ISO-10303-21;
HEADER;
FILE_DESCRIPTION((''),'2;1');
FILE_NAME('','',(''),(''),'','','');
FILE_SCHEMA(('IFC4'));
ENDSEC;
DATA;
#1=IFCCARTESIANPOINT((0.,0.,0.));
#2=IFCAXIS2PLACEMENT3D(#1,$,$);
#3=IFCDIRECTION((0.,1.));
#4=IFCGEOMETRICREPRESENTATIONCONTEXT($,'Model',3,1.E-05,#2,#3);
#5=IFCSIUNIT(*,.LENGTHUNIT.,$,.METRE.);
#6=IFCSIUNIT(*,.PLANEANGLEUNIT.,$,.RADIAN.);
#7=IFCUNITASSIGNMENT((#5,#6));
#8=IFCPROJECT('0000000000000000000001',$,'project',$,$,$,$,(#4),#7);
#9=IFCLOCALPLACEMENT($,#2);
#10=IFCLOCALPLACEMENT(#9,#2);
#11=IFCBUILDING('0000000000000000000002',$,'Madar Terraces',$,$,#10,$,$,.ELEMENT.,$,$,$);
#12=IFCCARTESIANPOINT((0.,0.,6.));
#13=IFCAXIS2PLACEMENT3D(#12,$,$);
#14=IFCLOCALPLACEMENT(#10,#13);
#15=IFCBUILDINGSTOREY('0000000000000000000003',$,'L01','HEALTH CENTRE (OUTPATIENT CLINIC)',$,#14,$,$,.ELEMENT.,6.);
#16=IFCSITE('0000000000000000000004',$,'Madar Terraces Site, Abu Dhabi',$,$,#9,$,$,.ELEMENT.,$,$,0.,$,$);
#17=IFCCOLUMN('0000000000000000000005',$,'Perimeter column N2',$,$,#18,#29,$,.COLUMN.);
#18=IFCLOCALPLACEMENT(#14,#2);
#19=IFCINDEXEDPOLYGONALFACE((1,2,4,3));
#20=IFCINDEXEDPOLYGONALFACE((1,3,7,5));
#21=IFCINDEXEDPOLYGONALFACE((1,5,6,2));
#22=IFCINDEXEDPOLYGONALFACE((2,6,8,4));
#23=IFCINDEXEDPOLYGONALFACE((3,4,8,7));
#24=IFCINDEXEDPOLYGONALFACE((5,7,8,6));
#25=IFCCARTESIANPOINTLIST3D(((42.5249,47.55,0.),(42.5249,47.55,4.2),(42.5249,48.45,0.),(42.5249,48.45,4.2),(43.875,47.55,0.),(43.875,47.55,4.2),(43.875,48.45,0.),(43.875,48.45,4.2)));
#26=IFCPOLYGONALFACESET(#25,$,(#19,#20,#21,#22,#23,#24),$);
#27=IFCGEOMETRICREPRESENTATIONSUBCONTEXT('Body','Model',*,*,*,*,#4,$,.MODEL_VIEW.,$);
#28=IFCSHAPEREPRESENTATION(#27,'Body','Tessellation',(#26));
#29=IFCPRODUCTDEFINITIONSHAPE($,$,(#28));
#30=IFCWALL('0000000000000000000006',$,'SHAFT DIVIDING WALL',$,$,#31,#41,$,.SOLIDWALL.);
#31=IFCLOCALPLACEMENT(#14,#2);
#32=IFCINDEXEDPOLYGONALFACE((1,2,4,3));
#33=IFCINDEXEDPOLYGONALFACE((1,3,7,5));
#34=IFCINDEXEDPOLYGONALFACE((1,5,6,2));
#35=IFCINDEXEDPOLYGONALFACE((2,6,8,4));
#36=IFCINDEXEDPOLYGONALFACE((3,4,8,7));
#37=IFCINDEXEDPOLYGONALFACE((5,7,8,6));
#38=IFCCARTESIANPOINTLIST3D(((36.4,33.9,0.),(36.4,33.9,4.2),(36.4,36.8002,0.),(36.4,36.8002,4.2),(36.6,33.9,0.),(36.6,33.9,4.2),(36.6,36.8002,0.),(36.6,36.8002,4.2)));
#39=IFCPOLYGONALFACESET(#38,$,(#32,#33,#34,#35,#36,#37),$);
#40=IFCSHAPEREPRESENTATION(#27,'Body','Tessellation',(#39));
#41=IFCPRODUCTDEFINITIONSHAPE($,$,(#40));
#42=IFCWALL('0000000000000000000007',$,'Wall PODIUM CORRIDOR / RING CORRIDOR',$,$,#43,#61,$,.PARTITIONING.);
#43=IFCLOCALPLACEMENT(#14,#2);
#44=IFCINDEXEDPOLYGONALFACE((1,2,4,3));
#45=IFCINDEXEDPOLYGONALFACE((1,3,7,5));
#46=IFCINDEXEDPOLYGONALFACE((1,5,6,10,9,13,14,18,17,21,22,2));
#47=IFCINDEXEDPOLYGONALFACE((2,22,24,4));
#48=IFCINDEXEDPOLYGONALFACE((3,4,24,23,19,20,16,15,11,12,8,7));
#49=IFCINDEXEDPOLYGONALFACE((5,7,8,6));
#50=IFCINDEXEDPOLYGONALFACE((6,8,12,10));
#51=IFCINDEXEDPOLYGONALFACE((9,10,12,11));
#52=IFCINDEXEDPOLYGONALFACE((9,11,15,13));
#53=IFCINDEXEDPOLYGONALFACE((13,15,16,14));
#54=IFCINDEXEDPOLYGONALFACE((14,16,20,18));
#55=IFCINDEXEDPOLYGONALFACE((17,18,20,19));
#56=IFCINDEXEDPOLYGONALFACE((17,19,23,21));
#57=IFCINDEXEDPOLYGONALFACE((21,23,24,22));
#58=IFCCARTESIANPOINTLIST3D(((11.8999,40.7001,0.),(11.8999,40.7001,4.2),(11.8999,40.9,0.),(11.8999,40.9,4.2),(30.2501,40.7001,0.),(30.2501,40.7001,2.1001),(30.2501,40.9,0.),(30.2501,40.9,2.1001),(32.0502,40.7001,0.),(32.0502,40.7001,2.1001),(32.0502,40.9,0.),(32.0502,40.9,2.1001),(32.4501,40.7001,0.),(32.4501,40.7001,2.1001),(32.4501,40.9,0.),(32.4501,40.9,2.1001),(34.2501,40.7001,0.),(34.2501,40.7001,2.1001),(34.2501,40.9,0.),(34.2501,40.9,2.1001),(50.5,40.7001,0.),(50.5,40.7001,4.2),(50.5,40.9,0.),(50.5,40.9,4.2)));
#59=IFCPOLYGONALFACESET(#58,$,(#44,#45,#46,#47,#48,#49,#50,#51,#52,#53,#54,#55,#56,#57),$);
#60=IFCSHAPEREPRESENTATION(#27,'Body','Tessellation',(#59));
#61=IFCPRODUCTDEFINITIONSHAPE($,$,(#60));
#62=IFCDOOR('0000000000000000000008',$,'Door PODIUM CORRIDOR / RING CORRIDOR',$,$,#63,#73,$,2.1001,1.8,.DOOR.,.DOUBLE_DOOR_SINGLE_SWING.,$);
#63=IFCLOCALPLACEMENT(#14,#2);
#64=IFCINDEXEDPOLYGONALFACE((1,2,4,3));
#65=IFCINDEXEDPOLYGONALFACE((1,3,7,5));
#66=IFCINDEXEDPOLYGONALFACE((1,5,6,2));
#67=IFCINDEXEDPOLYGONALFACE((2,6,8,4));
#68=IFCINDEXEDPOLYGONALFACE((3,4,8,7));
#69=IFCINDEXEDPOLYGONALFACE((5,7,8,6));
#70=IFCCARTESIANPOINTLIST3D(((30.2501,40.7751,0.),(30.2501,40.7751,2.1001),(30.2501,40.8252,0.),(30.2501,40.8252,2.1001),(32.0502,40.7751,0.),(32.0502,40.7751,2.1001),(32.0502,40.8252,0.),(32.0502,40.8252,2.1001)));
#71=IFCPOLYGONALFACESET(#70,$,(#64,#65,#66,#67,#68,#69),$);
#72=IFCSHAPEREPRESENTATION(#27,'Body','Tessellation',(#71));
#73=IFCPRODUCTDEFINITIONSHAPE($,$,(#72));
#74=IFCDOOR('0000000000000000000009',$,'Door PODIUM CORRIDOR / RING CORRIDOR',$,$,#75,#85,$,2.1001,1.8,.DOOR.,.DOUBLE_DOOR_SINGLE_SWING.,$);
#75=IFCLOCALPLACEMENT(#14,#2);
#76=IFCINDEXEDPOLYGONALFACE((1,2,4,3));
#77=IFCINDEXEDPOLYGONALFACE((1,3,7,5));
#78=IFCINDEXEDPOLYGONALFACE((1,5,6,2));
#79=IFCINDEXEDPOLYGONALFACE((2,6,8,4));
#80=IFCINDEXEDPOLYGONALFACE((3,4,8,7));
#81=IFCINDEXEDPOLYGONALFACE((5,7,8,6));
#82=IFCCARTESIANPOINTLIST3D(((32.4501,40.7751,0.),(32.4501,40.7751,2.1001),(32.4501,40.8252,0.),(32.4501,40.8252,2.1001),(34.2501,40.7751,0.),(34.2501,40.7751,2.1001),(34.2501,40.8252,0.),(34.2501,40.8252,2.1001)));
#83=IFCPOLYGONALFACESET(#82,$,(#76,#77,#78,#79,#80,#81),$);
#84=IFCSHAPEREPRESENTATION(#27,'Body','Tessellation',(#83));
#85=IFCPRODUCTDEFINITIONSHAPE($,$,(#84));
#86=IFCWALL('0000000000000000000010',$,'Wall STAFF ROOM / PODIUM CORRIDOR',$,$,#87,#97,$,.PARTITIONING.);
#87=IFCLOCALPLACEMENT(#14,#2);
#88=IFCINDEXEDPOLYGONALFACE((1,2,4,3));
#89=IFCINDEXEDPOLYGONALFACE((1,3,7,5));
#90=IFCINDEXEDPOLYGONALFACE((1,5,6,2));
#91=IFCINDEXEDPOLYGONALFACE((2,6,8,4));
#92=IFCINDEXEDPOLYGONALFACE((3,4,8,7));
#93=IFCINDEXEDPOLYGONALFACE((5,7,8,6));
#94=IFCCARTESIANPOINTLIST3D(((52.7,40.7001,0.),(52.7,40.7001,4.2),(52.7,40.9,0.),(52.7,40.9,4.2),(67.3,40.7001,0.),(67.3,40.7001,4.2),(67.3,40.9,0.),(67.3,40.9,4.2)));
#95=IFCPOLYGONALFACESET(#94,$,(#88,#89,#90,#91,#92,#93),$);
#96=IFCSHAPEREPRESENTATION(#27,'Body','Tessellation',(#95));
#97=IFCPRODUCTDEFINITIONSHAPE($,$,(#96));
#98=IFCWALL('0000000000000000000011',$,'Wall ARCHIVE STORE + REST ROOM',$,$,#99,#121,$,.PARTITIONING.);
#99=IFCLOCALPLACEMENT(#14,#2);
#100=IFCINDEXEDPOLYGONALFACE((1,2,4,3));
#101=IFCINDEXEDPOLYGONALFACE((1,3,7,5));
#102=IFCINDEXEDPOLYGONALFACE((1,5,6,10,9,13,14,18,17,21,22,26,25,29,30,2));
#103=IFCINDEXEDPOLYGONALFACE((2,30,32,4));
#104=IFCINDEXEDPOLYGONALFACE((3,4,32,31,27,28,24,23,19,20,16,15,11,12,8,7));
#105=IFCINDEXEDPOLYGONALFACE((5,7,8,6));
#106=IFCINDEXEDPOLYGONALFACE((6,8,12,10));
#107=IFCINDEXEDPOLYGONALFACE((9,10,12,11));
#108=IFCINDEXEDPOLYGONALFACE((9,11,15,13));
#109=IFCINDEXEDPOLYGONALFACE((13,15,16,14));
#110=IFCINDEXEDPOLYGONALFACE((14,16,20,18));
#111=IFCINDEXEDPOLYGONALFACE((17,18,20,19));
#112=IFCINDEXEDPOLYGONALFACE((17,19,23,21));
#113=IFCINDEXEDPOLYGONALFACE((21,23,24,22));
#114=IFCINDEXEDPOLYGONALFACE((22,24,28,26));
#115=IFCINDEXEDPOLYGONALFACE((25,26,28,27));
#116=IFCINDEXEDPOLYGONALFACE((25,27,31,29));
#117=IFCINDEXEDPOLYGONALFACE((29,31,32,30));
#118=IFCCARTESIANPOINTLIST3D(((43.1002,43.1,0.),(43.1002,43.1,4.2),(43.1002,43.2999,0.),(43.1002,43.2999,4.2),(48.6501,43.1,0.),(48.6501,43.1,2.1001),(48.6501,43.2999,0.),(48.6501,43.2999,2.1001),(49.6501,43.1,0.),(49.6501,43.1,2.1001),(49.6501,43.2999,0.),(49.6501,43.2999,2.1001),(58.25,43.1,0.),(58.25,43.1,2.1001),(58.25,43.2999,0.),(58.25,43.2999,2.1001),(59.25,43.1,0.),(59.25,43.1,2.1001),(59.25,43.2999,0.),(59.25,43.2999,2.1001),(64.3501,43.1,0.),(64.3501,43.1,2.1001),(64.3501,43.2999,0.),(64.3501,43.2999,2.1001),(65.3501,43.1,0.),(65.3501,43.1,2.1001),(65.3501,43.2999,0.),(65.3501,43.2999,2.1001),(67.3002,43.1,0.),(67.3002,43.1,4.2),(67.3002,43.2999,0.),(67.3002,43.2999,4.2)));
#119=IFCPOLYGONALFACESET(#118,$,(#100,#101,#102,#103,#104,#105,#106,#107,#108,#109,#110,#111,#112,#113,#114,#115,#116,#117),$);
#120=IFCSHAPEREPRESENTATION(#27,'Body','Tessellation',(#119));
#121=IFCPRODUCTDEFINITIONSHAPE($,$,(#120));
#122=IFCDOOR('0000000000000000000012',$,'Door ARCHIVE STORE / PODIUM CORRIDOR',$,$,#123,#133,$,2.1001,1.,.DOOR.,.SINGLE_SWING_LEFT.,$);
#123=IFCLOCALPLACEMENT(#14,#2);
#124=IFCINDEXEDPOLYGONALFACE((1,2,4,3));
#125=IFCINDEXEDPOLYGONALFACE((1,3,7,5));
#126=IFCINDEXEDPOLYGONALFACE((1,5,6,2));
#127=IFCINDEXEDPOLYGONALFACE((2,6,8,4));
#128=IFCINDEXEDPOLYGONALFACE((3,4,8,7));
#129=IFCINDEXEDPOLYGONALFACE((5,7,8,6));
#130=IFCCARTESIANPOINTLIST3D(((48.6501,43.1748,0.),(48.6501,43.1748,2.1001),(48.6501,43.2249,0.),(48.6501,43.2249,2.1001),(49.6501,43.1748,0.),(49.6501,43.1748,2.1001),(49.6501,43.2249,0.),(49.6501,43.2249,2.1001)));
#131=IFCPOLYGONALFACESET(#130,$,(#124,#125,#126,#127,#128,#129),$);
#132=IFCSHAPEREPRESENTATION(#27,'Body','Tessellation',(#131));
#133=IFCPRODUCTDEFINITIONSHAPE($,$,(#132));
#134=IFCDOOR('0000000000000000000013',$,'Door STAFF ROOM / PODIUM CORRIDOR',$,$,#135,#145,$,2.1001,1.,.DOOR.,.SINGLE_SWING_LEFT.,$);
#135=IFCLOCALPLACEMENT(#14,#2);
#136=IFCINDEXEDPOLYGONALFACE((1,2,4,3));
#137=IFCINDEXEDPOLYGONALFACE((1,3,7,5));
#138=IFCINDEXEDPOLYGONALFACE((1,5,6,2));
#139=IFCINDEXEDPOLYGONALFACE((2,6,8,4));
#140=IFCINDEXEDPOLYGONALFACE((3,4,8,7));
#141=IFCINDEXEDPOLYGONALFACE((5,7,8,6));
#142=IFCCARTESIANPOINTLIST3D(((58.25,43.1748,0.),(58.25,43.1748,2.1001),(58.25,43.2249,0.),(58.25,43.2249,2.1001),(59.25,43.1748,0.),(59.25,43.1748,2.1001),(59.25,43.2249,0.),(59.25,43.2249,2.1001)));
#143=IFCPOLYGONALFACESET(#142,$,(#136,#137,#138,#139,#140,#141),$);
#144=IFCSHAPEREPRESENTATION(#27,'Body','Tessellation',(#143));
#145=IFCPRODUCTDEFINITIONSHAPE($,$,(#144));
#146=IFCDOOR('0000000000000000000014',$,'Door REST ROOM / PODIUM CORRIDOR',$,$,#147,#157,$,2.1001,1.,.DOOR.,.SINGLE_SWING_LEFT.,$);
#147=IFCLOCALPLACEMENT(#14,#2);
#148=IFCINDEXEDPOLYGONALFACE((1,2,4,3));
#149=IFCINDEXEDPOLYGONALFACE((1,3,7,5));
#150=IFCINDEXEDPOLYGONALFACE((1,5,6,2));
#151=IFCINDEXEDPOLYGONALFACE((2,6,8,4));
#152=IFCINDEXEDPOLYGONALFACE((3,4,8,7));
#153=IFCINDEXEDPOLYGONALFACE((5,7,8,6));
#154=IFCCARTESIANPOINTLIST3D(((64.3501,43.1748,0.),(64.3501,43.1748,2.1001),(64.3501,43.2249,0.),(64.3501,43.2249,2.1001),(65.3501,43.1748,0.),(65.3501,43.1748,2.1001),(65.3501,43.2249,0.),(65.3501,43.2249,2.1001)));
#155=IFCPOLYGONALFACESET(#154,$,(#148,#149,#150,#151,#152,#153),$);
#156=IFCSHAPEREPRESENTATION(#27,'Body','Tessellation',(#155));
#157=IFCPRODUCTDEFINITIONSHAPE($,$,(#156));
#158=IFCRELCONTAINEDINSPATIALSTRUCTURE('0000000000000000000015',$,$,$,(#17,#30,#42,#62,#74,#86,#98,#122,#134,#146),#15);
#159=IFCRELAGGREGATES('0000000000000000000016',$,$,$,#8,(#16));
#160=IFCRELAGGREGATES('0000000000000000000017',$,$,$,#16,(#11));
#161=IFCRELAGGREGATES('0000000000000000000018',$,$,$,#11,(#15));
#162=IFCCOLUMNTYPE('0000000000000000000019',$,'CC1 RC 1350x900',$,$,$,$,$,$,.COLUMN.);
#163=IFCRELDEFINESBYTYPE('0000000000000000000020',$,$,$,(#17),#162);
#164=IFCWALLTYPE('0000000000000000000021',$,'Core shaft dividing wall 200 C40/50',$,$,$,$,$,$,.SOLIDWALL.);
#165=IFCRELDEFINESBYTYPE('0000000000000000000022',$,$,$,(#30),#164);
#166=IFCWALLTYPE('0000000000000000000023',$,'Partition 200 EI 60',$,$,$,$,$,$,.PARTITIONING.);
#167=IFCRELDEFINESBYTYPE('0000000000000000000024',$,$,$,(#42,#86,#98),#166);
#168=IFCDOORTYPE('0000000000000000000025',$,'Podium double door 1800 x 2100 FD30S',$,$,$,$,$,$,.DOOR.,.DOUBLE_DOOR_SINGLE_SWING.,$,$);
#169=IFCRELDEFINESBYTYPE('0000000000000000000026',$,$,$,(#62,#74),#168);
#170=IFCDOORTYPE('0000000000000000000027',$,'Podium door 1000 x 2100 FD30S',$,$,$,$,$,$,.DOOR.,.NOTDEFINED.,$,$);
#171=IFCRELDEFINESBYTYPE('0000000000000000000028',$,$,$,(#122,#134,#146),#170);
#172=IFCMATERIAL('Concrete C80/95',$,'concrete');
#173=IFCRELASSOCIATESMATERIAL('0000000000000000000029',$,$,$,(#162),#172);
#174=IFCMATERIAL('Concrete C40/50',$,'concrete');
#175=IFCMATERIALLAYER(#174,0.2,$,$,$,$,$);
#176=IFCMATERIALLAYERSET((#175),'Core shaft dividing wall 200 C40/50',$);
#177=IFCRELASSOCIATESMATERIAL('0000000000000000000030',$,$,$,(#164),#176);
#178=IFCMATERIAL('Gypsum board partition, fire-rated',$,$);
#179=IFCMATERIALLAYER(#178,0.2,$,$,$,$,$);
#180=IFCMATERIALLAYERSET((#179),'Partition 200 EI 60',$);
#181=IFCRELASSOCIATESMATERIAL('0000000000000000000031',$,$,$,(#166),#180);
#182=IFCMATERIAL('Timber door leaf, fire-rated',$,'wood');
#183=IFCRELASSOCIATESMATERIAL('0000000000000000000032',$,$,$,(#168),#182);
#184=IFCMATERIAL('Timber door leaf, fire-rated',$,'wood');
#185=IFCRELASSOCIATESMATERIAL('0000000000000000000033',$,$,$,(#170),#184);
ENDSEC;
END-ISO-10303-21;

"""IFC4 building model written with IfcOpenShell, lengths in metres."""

from ifc_helpers import new_model, si_unit, direction, frame, frame_2d, origin, origin_2d, place, context, subcontext, project, spatial, rectangle, extrude, material, layer, layer_set, material_profile, profile_set, type_object, element, fill, save


model = new_model("IFC4")

# Units and contexts
model_context = context("Model", 3, precision=1e-05, world=origin(), true_north=direction((0.0, 1.0)))
body_context = subcontext(model_context, "Body", "Model", "MODEL_VIEW")
ifc_project = project(units=[si_unit("LENGTHUNIT", "METRE"), si_unit("PLANEANGLEUNIT", "RADIAN")], contexts=[model_context])

# Site, building, storey
site_placement = place(None, origin())
site = spatial("IfcSite", under=ifc_project, at=site_placement, Name="Madar Terraces Site, Abu Dhabi", CompositionType="ELEMENT", RefElevation=0.0)
building_placement = place(site_placement, origin())
building = spatial("IfcBuilding", under=site, at=building_placement, Name="Madar Terraces", CompositionType="ELEMENT")
storey_placement = place(building_placement, frame((0.0, 0.0, 6.0)))
storey = spatial("IfcBuildingStorey", under=building, at=storey_placement, Name="L01", Description="HEALTH CENTRE (OUTPATIENT CLINIC)", CompositionType="ELEMENT", Elevation=6.0)

# Column
ifc_material_1 = material(Name="Concrete C80/95", Category="concrete")
ifc_material_profile = material_profile(ifc_material_1, rectangle(XDim=1.3501, YDim=0.8999, at=origin_2d()), Name="CC1 RC 1350x900")
ifc_profile_set = profile_set([ifc_material_profile], Name="Concrete C80/95")
column_type = type_object("IfcColumnType", Name="CC1 RC 1350x900", PredefinedType="COLUMN", material=ifc_profile_set)
column_placement = place(storey_placement, frame((43.2, 48.0, 0.0), z_axis=(0.0, 0.0, 1.0), x_axis=(1.0, 0.0, 0.0)))
element("IfcColumn", 1, at=column_placement, inside=storey, type_object=column_type, Name="Perimeter column N2", PredefinedType="COLUMN", context=body_context, shape_type="SweptSolid", body=[
    extrude(rectangle(XDim=1.3501, YDim=0.8999, at=origin_2d()), origin(), (0.0, 0.0, 1.0), 4.2),
])

# Wall
ifc_material_2 = material(Name="Concrete C40/50", Category="concrete")
ifc_layer_1 = layer(ifc_material_2, 0.2)
ifc_layer_set_1 = layer_set([ifc_layer_1], Name="Core shaft dividing wall 200 C40/50")
wall_type_1 = type_object("IfcWallType", Name="Core shaft dividing wall 200 C40/50", PredefinedType="SOLIDWALL", material=ifc_layer_set_1)
wall_1_placement = place(storey_placement, frame((36.5, 33.8999, 0.0), z_axis=(0.0, 0.0, 1.0), x_axis=(0.0, 1.0, 0.0)))
element("IfcWall", 2, at=wall_1_placement, inside=storey, type_object=wall_type_1, Name="SHAFT DIVIDING WALL", PredefinedType="SOLIDWALL", context=body_context, shape_type="SweptSolid", body=[
    extrude(rectangle(XDim=2.9001, YDim=0.2, at=frame_2d((1.4502, 0.0))), origin(), (0.0, 0.0, 1.0), 4.2),
])

# Wall, openings, doors
ifc_material_3 = material(Name="Gypsum board partition, fire-rated")
ifc_layer_2 = layer(ifc_material_3, 0.2)
ifc_layer_set_2 = layer_set([ifc_layer_2], Name="Partition 200 EI 60")
wall_type_2 = type_object("IfcWallType", Name="Partition 200 EI 60", PredefinedType="PARTITIONING", material=ifc_layer_set_2)
wall_2_placement = place(storey_placement, frame((50.5, 40.8, 0.0), z_axis=(0.0, 0.0, 1.0), x_axis=(-1.0, 0.0, 0.0)))
wall_2 = element("IfcWall", 3, at=wall_2_placement, inside=storey, type_object=wall_type_2, Name="Wall PODIUM CORRIDOR / RING CORRIDOR", PredefinedType="PARTITIONING", context=body_context, shape_type="SweptSolid", body=[
    extrude(rectangle(XDim=38.6001, YDim=0.2, at=frame_2d((19.3, 0.0))), origin(), (0.0, 0.0, 1.0), 4.2),
])
opening_1_placement = place(wall_2_placement, frame((18.45, 0.0, 0.0)))
opening_1 = element("IfcOpeningElement", 4, at=opening_1_placement, cuts=wall_2, PredefinedType="OPENING", context=body_context, shape_type="SweptSolid", body=[
    extrude(rectangle(XDim=1.8, YDim=2.1001, at=frame_2d((0.8999, 1.05))), frame((0.0, 0.1099, 0.0), z_axis=(0.0, -1.0, 0.0), x_axis=(1.0, 0.0, 0.0)), (0.0, 0.0, 1.0), 0.22),
])
opening_2_placement = place(wall_2_placement, frame((16.25, 0.0, 0.0)))
opening_2 = element("IfcOpeningElement", 5, at=opening_2_placement, cuts=wall_2, PredefinedType="OPENING", context=body_context, shape_type="SweptSolid", body=[
    extrude(rectangle(XDim=1.8, YDim=2.1001, at=frame_2d((0.8999, 1.05))), frame((0.0, 0.1099, 0.0), z_axis=(0.0, -1.0, 0.0), x_axis=(1.0, 0.0, 0.0)), (0.0, 0.0, 1.0), 0.22),
])
ifc_material_4 = material(Name="Timber door leaf, fire-rated", Category="wood")
door_type_1 = type_object("IfcDoorType", Name="Podium double door 1800 x 2100 FD30S", OperationType="DOUBLE_DOOR_SINGLE_SWING", PredefinedType="DOOR", material=ifc_material_4)
door_1_placement = place(opening_1_placement, origin())
door_1 = element("IfcDoor", 6, at=door_1_placement, inside=storey, type_object=door_type_1, Name="Door PODIUM CORRIDOR / RING CORRIDOR", OperationType="DOUBLE_DOOR_SINGLE_SWING", OverallHeight=2.1001, OverallWidth=1.8, PredefinedType="DOOR", context=body_context, shape_type="SweptSolid", body=[
    extrude(rectangle(XDim=1.8, YDim=2.1001, at=frame_2d((0.8999, 1.05))), frame((0.0, 0.0249, 0.0), z_axis=(0.0, -1.0, 0.0), x_axis=(1.0, 0.0, 0.0)), (0.0, 0.0, 1.0), 0.05),
])
fill(opening_1, door_1)
door_2_placement = place(opening_2_placement, origin())
door_2 = element("IfcDoor", 7, at=door_2_placement, inside=storey, type_object=door_type_1, Name="Door PODIUM CORRIDOR / RING CORRIDOR", OperationType="DOUBLE_DOOR_SINGLE_SWING", OverallHeight=2.1001, OverallWidth=1.8, PredefinedType="DOOR", context=body_context, shape_type="SweptSolid", body=[
    extrude(rectangle(XDim=1.8, YDim=2.1001, at=frame_2d((0.8999, 1.05))), frame((0.0, 0.0249, 0.0), z_axis=(0.0, -1.0, 0.0), x_axis=(1.0, 0.0, 0.0)), (0.0, 0.0, 1.0), 0.05),
])
fill(opening_2, door_2)

# Wall
wall_3_placement = place(storey_placement, frame((52.7, 40.8, 0.0), z_axis=(0.0, 0.0, 1.0), x_axis=(1.0, 0.0, 0.0)))
element("IfcWall", 8, at=wall_3_placement, inside=storey, type_object=wall_type_2, Name="Wall STAFF ROOM / PODIUM CORRIDOR", PredefinedType="PARTITIONING", context=body_context, shape_type="SweptSolid", body=[
    extrude(rectangle(XDim=14.6001, YDim=0.2, at=frame_2d((7.3, 0.0))), origin(), (0.0, 0.0, 1.0), 4.2),
])

# Wall, openings, doors
wall_4_placement = place(storey_placement, frame((43.1001, 43.2, 0.0), z_axis=(0.0, 0.0, 1.0), x_axis=(1.0, 0.0, 0.0)))
wall_4 = element("IfcWall", 9, at=wall_4_placement, inside=storey, type_object=wall_type_2, Name="Wall ARCHIVE STORE + REST ROOM", PredefinedType="PARTITIONING", context=body_context, shape_type="SweptSolid", body=[
    extrude(rectangle(XDim=24.2, YDim=0.2, at=frame_2d((12.1001, 0.0))), origin(), (0.0, 0.0, 1.0), 4.2),
])
opening_3_placement = place(wall_4_placement, frame((5.55, 0.0, 0.0)))
opening_3 = element("IfcOpeningElement", 10, at=opening_3_placement, cuts=wall_4, PredefinedType="OPENING", context=body_context, shape_type="SweptSolid", body=[
    extrude(rectangle(XDim=1.0, YDim=2.1001, at=frame_2d((0.5, 1.05))), frame((0.0, 0.1099, 0.0), z_axis=(0.0, -1.0, 0.0), x_axis=(1.0, 0.0, 0.0)), (0.0, 0.0, 1.0), 0.22),
])
opening_4_placement = place(wall_4_placement, frame((15.1499, 0.0, 0.0)))
opening_4 = element("IfcOpeningElement", 11, at=opening_4_placement, cuts=wall_4, PredefinedType="OPENING", context=body_context, shape_type="SweptSolid", body=[
    extrude(rectangle(XDim=1.0, YDim=2.1001, at=frame_2d((0.5, 1.05))), frame((0.0, 0.1099, 0.0), z_axis=(0.0, -1.0, 0.0), x_axis=(1.0, 0.0, 0.0)), (0.0, 0.0, 1.0), 0.22),
])
opening_5_placement = place(wall_4_placement, frame((21.25, 0.0, 0.0)))
opening_5 = element("IfcOpeningElement", 12, at=opening_5_placement, cuts=wall_4, PredefinedType="OPENING", context=body_context, shape_type="SweptSolid", body=[
    extrude(rectangle(XDim=1.0, YDim=2.1001, at=frame_2d((0.5, 1.05))), frame((0.0, 0.1099, 0.0), z_axis=(0.0, -1.0, 0.0), x_axis=(1.0, 0.0, 0.0)), (0.0, 0.0, 1.0), 0.22),
])
ifc_material_5 = material(Name="Timber door leaf, fire-rated", Category="wood")
door_type_2 = type_object("IfcDoorType", Name="Podium door 1000 x 2100 FD30S", OperationType="NOTDEFINED", PredefinedType="DOOR", material=ifc_material_5)
door_3_placement = place(opening_3_placement, origin())
door_3 = element("IfcDoor", 13, at=door_3_placement, inside=storey, type_object=door_type_2, Name="Door ARCHIVE STORE / PODIUM CORRIDOR", OperationType="SINGLE_SWING_LEFT", OverallHeight=2.1001, OverallWidth=1.0, PredefinedType="DOOR", context=body_context, shape_type="SweptSolid", body=[
    extrude(rectangle(XDim=1.0, YDim=2.1001, at=frame_2d((0.5, 1.05))), frame((0.0, 0.0249, 0.0), z_axis=(0.0, -1.0, 0.0), x_axis=(1.0, 0.0, 0.0)), (0.0, 0.0, 1.0), 0.05),
])
fill(opening_3, door_3)
door_4_placement = place(opening_4_placement, origin())
door_4 = element("IfcDoor", 14, at=door_4_placement, inside=storey, type_object=door_type_2, Name="Door STAFF ROOM / PODIUM CORRIDOR", OperationType="SINGLE_SWING_LEFT", OverallHeight=2.1001, OverallWidth=1.0, PredefinedType="DOOR", context=body_context, shape_type="SweptSolid", body=[
    extrude(rectangle(XDim=1.0, YDim=2.1001, at=frame_2d((0.5, 1.05))), frame((0.0, 0.0249, 0.0), z_axis=(0.0, -1.0, 0.0), x_axis=(1.0, 0.0, 0.0)), (0.0, 0.0, 1.0), 0.05),
])
fill(opening_4, door_4)
door_5_placement = place(opening_5_placement, origin())
door_5 = element("IfcDoor", 15, at=door_5_placement, inside=storey, type_object=door_type_2, Name="Door REST ROOM / PODIUM CORRIDOR", OperationType="SINGLE_SWING_LEFT", OverallHeight=2.1001, OverallWidth=1.0, PredefinedType="DOOR", context=body_context, shape_type="SweptSolid", body=[
    extrude(rectangle(XDim=1.0, YDim=2.1001, at=frame_2d((0.5, 1.05))), frame((0.0, 0.0249, 0.0), z_axis=(0.0, -1.0, 0.0), x_axis=(1.0, 0.0, 0.0)), (0.0, 0.0, 1.0), 0.05),
])
fill(opening_5, door_5)

save(model, "model.ifc")
